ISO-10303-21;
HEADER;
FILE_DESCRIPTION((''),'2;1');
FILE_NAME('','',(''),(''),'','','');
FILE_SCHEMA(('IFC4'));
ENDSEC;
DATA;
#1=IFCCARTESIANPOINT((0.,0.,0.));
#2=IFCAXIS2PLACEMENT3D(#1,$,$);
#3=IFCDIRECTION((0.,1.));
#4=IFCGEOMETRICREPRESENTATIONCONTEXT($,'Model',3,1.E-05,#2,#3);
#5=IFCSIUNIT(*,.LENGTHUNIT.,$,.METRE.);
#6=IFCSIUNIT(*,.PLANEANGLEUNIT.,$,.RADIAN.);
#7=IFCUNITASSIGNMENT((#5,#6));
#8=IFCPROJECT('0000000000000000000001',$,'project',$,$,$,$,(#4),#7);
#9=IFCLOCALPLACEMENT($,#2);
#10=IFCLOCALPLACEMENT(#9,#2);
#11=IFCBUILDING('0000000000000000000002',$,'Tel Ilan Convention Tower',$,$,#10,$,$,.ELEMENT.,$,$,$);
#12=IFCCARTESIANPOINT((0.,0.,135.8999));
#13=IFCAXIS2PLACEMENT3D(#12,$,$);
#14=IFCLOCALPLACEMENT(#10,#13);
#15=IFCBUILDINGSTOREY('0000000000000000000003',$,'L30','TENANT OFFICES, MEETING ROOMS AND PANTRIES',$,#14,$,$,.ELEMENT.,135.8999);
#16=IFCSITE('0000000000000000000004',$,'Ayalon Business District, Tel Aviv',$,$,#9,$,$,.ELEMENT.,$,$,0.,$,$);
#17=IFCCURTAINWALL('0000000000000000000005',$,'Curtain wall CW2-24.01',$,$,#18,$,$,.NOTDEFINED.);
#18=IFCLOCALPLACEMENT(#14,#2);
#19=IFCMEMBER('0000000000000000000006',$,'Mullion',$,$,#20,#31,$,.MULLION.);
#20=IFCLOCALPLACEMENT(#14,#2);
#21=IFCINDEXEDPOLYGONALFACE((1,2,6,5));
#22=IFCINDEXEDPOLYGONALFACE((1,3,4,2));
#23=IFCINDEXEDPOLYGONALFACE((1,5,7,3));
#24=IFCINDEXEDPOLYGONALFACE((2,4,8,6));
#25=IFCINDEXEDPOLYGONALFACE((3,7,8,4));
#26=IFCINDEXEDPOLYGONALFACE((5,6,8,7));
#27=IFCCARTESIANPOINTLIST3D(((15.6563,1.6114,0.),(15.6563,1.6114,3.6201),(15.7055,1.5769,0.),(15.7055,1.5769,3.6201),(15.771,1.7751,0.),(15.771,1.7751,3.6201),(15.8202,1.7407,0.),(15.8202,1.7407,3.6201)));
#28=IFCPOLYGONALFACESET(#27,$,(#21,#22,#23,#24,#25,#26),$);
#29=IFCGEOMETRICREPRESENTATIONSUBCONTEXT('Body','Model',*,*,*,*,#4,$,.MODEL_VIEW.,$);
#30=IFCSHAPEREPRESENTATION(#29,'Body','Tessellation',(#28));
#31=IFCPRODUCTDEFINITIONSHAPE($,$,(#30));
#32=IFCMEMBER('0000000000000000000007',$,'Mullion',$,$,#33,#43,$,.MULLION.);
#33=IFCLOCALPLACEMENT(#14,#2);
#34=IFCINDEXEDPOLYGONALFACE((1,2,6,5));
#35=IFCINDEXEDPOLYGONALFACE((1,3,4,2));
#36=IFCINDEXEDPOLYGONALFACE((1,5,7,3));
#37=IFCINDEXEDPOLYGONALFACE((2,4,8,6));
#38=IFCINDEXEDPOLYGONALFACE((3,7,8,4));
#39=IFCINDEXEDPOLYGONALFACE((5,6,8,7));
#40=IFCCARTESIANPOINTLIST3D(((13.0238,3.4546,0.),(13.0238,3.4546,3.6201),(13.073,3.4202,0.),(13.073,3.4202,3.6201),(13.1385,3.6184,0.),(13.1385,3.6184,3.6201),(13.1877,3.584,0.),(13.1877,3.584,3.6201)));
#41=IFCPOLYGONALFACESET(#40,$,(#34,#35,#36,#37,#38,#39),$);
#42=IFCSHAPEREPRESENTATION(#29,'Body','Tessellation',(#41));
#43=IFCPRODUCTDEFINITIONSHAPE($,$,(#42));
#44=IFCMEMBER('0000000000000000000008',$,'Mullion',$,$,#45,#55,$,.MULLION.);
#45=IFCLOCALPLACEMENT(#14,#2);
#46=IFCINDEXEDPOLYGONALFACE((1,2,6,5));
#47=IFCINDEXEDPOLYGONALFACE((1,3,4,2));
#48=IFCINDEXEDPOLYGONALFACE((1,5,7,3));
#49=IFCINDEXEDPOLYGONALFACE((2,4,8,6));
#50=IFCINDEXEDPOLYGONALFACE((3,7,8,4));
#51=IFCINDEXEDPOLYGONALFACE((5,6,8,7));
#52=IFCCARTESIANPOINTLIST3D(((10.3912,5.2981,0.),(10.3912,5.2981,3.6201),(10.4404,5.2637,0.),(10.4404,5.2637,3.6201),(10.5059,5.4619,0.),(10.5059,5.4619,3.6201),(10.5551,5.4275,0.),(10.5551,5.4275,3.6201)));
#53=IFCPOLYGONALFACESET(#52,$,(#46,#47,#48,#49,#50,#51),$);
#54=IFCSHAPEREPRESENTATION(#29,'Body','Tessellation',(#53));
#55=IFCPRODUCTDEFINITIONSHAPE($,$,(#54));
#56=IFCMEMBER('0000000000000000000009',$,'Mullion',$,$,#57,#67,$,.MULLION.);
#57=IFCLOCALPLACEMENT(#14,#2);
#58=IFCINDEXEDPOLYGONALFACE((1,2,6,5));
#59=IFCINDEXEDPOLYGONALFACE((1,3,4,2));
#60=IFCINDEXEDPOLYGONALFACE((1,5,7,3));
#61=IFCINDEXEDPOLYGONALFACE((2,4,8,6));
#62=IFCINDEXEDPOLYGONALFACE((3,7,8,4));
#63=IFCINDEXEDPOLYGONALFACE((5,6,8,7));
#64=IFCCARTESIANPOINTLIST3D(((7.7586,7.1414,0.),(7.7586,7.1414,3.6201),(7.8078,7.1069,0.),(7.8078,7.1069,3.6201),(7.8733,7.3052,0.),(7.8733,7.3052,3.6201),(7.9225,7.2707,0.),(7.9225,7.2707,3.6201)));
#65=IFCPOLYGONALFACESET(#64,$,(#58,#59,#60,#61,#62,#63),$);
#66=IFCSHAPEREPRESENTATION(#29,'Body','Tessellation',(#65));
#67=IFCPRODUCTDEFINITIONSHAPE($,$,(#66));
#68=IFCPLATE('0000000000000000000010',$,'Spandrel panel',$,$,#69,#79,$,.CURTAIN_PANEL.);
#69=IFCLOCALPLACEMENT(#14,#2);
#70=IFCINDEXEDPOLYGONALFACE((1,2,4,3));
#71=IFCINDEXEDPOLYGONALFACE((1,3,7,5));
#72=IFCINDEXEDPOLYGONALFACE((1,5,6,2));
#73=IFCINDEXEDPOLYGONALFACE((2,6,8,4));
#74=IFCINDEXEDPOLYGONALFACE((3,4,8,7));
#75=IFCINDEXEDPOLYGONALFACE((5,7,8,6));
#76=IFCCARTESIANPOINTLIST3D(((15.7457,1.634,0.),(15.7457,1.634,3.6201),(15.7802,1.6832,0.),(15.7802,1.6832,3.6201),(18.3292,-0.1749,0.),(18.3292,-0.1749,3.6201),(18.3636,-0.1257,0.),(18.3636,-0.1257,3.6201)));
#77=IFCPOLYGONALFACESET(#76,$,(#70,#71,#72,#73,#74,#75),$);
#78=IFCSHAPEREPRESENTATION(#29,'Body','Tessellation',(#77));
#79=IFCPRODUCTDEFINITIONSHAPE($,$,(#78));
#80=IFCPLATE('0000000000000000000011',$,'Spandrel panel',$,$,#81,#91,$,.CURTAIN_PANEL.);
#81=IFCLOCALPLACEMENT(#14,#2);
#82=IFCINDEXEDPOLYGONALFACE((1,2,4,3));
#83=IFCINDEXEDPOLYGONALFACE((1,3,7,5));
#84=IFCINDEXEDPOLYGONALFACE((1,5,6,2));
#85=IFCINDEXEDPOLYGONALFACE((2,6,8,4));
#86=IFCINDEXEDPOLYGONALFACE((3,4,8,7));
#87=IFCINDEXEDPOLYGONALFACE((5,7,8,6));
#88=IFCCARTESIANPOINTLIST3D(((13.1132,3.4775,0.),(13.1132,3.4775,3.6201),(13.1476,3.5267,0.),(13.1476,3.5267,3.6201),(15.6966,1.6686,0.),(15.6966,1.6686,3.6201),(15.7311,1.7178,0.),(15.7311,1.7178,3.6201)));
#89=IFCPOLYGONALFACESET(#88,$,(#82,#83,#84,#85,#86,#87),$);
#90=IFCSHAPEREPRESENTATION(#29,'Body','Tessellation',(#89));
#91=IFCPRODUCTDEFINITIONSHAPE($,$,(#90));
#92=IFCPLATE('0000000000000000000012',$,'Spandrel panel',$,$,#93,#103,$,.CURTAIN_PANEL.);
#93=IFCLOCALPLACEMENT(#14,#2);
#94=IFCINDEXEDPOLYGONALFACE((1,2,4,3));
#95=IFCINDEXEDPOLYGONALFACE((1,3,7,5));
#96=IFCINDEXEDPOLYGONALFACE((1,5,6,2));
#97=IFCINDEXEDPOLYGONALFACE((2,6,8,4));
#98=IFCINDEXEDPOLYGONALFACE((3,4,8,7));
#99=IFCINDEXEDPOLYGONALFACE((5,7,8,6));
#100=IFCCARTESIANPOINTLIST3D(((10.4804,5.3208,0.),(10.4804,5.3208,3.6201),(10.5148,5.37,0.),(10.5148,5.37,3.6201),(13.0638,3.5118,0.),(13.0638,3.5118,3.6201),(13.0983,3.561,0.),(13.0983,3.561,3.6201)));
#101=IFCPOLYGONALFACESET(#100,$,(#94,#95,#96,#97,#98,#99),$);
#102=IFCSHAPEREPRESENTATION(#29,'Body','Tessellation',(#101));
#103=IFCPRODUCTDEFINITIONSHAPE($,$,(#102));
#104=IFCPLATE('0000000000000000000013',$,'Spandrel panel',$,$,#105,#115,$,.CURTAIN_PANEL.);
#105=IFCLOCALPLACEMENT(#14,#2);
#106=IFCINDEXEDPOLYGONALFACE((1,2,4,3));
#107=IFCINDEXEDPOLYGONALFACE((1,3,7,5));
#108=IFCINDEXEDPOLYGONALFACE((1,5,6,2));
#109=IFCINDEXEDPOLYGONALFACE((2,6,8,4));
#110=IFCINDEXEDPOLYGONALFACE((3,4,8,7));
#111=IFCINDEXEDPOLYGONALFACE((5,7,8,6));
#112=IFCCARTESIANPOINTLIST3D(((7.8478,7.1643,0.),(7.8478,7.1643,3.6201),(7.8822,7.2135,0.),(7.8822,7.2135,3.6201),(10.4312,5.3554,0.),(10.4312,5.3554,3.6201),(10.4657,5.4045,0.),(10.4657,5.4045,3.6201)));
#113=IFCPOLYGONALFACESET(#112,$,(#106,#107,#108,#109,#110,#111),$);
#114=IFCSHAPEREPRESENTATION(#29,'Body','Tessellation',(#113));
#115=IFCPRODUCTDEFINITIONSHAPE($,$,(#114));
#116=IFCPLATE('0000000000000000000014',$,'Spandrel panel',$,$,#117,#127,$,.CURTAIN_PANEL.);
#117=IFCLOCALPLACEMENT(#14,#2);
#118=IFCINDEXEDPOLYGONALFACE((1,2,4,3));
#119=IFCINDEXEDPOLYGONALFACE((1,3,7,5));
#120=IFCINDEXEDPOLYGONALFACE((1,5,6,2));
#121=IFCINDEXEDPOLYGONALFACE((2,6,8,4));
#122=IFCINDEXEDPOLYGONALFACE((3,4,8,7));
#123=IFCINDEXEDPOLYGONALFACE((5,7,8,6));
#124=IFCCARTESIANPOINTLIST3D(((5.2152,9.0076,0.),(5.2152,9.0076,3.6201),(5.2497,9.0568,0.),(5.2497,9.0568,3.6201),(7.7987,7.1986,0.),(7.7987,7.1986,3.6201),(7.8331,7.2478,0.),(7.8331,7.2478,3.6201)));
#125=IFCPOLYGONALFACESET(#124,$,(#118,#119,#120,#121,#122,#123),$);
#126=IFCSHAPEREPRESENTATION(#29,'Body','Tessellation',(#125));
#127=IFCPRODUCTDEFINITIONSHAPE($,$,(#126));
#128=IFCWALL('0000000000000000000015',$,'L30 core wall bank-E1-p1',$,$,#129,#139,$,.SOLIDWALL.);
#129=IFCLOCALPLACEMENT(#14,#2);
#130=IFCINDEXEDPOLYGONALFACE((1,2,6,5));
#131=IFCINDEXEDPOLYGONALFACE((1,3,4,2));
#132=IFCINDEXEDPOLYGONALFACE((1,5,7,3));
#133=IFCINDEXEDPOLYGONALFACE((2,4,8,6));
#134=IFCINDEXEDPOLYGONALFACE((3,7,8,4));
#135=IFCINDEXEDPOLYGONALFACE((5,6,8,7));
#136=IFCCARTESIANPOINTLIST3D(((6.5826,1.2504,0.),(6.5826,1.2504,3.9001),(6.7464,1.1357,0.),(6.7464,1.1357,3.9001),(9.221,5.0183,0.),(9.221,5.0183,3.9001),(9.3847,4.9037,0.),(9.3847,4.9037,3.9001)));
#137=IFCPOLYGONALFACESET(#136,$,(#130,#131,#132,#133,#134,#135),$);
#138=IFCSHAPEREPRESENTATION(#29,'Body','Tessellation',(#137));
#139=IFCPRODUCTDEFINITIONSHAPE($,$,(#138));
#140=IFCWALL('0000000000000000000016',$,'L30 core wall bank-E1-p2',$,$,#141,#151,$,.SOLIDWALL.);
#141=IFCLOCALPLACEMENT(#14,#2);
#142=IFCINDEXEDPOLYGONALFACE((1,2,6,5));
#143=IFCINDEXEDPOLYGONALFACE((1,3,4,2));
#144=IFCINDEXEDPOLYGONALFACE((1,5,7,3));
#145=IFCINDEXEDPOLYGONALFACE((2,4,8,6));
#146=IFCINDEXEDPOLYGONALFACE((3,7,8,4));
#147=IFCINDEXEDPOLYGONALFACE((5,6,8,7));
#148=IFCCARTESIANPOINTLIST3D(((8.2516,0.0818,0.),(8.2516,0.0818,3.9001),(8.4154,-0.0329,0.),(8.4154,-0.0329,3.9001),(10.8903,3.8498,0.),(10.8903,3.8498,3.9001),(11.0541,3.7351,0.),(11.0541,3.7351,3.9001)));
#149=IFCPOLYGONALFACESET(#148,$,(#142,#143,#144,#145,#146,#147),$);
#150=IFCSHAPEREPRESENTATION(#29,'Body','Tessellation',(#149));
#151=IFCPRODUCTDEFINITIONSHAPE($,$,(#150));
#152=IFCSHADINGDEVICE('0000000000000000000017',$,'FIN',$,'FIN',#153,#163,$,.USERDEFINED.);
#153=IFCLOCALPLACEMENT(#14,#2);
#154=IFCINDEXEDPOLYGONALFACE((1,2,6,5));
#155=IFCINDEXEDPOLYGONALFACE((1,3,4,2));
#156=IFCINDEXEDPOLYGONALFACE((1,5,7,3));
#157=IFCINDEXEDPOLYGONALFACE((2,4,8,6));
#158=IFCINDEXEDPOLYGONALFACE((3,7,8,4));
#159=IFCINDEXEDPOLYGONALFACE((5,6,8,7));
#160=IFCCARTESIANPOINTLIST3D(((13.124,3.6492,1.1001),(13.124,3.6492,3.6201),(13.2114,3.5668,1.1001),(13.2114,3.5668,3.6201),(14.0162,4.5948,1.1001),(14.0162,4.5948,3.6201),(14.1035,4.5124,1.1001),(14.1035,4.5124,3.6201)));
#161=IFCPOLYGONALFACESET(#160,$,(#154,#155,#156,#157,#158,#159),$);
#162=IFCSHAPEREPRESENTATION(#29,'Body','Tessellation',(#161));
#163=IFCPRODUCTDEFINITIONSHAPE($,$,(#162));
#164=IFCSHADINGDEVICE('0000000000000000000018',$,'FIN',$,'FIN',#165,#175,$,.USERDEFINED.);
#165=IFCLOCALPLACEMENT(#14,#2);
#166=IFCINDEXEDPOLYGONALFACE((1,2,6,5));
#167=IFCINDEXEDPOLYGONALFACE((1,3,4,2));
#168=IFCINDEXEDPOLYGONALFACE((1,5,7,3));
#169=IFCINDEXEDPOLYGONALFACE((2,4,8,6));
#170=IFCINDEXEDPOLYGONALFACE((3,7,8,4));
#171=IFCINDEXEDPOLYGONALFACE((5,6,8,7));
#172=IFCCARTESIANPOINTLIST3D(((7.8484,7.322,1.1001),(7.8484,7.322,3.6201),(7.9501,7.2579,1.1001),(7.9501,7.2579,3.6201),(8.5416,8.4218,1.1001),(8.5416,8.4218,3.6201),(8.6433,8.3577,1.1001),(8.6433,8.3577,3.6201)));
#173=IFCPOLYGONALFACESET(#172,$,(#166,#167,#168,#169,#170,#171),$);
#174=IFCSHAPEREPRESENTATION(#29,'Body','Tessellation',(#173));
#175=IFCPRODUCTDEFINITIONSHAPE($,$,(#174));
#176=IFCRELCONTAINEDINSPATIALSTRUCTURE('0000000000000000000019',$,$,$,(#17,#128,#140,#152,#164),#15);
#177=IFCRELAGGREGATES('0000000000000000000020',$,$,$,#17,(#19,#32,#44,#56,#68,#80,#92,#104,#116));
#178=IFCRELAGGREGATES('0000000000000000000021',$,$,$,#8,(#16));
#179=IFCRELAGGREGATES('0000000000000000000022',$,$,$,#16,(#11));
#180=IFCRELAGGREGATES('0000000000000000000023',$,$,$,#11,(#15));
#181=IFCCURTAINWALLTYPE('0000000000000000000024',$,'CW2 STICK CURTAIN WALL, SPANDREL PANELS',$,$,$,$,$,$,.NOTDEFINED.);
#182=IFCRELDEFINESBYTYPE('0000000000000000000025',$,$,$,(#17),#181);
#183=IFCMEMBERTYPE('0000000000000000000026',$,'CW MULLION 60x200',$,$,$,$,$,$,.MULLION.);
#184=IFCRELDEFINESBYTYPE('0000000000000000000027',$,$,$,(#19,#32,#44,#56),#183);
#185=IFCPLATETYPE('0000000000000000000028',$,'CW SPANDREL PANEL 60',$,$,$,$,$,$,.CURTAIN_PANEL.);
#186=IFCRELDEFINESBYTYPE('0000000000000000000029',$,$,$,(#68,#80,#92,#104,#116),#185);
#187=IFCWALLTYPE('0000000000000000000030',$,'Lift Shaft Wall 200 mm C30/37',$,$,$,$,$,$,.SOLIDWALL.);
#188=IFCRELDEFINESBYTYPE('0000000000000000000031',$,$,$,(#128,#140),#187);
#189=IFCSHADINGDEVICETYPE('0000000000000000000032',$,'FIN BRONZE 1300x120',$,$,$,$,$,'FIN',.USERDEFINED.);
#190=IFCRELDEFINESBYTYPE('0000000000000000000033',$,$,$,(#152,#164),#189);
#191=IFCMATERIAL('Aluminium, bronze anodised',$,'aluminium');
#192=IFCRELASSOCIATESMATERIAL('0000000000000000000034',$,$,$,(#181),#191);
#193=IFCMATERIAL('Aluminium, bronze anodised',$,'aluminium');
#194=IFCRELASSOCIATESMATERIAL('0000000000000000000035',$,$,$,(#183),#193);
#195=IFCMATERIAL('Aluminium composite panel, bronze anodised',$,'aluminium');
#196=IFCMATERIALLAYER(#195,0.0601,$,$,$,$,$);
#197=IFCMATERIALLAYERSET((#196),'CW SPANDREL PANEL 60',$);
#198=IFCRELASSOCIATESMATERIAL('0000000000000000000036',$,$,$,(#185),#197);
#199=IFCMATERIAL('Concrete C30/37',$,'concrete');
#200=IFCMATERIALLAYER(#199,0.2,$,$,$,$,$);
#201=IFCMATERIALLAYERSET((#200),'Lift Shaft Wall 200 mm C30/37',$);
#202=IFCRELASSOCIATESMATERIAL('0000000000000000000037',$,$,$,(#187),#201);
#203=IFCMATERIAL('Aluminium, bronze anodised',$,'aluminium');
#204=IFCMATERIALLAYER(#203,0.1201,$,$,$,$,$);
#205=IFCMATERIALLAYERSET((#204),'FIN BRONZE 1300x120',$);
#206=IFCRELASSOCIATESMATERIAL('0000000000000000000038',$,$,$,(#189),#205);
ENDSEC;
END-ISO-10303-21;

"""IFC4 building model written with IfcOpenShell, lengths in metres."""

from ifc_helpers import new_model, si_unit, direction, frame, frame_2d, origin, origin_2d, place, context, subcontext, project, spatial, rectangle, extrude, material, layer, layer_set, material_profile, profile_set, type_object, element, aggregate, save


model = new_model("IFC4")

# Units and contexts
model_context = context("Model", 3, precision=1e-05, world=origin(), true_north=direction((0.0, 1.0)))
body_context = subcontext(model_context, "Body", "Model", "MODEL_VIEW")
ifc_project = project(units=[si_unit("LENGTHUNIT", "METRE"), si_unit("PLANEANGLEUNIT", "RADIAN")], contexts=[model_context])

# Site, building, storey
site_placement = place(None, origin())
site = spatial("IfcSite", under=ifc_project, at=site_placement, Name="Ayalon Business District, Tel Aviv", CompositionType="ELEMENT", RefElevation=0.0)
building_placement = place(site_placement, origin())
building = spatial("IfcBuilding", under=site, at=building_placement, Name="Tel Ilan Convention Tower", CompositionType="ELEMENT")
storey_placement = place(building_placement, frame((0.0, 0.0, 135.8999)))
storey = spatial("IfcBuildingStorey", under=building, at=storey_placement, Name="L30", Description="TENANT OFFICES, MEETING ROOMS AND PANTRIES", CompositionType="ELEMENT", Elevation=135.8999)

# Curtain wall, members, plates
ifc_material_1 = material(Name="Aluminium, bronze anodised", Category="aluminium")
curtain_wall_type = type_object("IfcCurtainWallType", Name="CW2 STICK CURTAIN WALL, SPANDREL PANELS", PredefinedType="NOTDEFINED", material=ifc_material_1)
curtain_wall_placement = place(storey_placement, origin())
curtain_wall = element("IfcCurtainWall", 1, at=curtain_wall_placement, inside=storey, type_object=curtain_wall_type, Name="Curtain wall CW2-24.01", PredefinedType="NOTDEFINED")
ifc_material_2 = material(Name="Aluminium, bronze anodised", Category="aluminium")
ifc_material_profile = material_profile(ifc_material_2, rectangle(XDim=0.0601, YDim=0.2, at=origin_2d()), Name="CW MULLION 60x200")
ifc_profile_set = profile_set([ifc_material_profile], Name="Aluminium, bronze anodised")
member_type = type_object("IfcMemberType", Name="CW MULLION 60x200", PredefinedType="MULLION", material=ifc_profile_set)
member_1_placement = place(storey_placement, frame((15.7383, 1.676, 0.0), z_axis=(0.0, 0.0, 1.0), x_axis=(-0.819152, 0.573576, 0.0)))
member_1 = element("IfcMember", 2, at=member_1_placement, type_object=member_type, Name="Mullion", PredefinedType="MULLION", context=body_context, shape_type="SweptSolid", body=[
    extrude(rectangle(XDim=0.0601, YDim=0.2, at=origin_2d()), origin(), (0.0, 0.0, 1.0), 3.6201),
])
member_2_placement = place(storey_placement, frame((13.1057, 3.5193, 0.0), z_axis=(0.0, 0.0, 1.0), x_axis=(-0.819152, 0.573576, 0.0)))
member_2 = element("IfcMember", 3, at=member_2_placement, type_object=member_type, Name="Mullion", PredefinedType="MULLION", context=body_context, shape_type="SweptSolid", body=[
    extrude(rectangle(XDim=0.0601, YDim=0.2, at=origin_2d()), origin(), (0.0, 0.0, 1.0), 3.6201),
])
member_3_placement = place(storey_placement, frame((10.4731, 5.3628, 0.0), z_axis=(0.0, 0.0, 1.0), x_axis=(-0.819152, 0.573576, 0.0)))
member_3 = element("IfcMember", 4, at=member_3_placement, type_object=member_type, Name="Mullion", PredefinedType="MULLION", context=body_context, shape_type="SweptSolid", body=[
    extrude(rectangle(XDim=0.0601, YDim=0.2, at=origin_2d()), origin(), (0.0, 0.0, 1.0), 3.6201),
])
member_4_placement = place(storey_placement, frame((7.8406, 7.2061, 0.0), z_axis=(0.0, 0.0, 1.0), x_axis=(-0.819152, 0.573576, 0.0)))
member_4 = element("IfcMember", 5, at=member_4_placement, type_object=member_type, Name="Mullion", PredefinedType="MULLION", context=body_context, shape_type="SweptSolid", body=[
    extrude(rectangle(XDim=0.0601, YDim=0.2, at=origin_2d()), origin(), (0.0, 0.0, 1.0), 3.6201),
])
ifc_material_3 = material(Name="Aluminium composite panel, bronze anodised", Category="aluminium")
ifc_layer_1 = layer(ifc_material_3, 0.0601)
ifc_layer_set_1 = layer_set([ifc_layer_1], Name="CW SPANDREL PANEL 60")
plate_type = type_object("IfcPlateType", Name="CW SPANDREL PANEL 60", PredefinedType="CURTAIN_PANEL", material=ifc_layer_set_1)
plate_1_placement = place(storey_placement, frame((17.0547, 0.7542, 0.0), z_axis=(0.0, 0.0, 1.0), x_axis=(-0.819152, 0.573576, 0.0)))
plate_1 = element("IfcPlate", 6, at=plate_1_placement, type_object=plate_type, Name="Spandrel panel", PredefinedType="CURTAIN_PANEL", context=body_context, shape_type="SweptSolid", body=[
    extrude(rectangle(XDim=3.1538, YDim=0.0601, at=origin_2d()), origin(), (0.0, 0.0, 1.0), 3.6201),
])
plate_2_placement = place(storey_placement, frame((14.4221, 2.5977, 0.0), z_axis=(0.0, 0.0, 1.0), x_axis=(-0.819152, 0.573576, 0.0)))
plate_2 = element("IfcPlate", 7, at=plate_2_placement, type_object=plate_type, Name="Spandrel panel", PredefinedType="CURTAIN_PANEL", context=body_context, shape_type="SweptSolid", body=[
    extrude(rectangle(XDim=3.1538, YDim=0.0601, at=origin_2d()), origin(), (0.0, 0.0, 1.0), 3.6201),
])
plate_3_placement = place(storey_placement, frame((11.7893, 4.4409, 0.0), z_axis=(0.0, 0.0, 1.0), x_axis=(-0.819152, 0.573576, 0.0)))
plate_3 = element("IfcPlate", 8, at=plate_3_placement, type_object=plate_type, Name="Spandrel panel", PredefinedType="CURTAIN_PANEL", context=body_context, shape_type="SweptSolid", body=[
    extrude(rectangle(XDim=3.1538, YDim=0.0601, at=origin_2d()), origin(), (0.0, 0.0, 1.0), 3.6201),
])
plate_4_placement = place(storey_placement, frame((9.1567, 6.2844, 0.0), z_axis=(0.0, 0.0, 1.0), x_axis=(-0.819152, 0.573576, 0.0)))
plate_4 = element("IfcPlate", 9, at=plate_4_placement, type_object=plate_type, Name="Spandrel panel", PredefinedType="CURTAIN_PANEL", context=body_context, shape_type="SweptSolid", body=[
    extrude(rectangle(XDim=3.1538, YDim=0.0601, at=origin_2d()), origin(), (0.0, 0.0, 1.0), 3.6201),
])
plate_5_placement = place(storey_placement, frame((6.5242, 8.1277, 0.0), z_axis=(0.0, 0.0, 1.0), x_axis=(-0.819152, 0.573576, 0.0)))
plate_5 = element("IfcPlate", 10, at=plate_5_placement, type_object=plate_type, Name="Spandrel panel", PredefinedType="CURTAIN_PANEL", context=body_context, shape_type="SweptSolid", body=[
    extrude(rectangle(XDim=3.1538, YDim=0.0601, at=origin_2d()), origin(), (0.0, 0.0, 1.0), 3.6201),
])
aggregate(curtain_wall, [member_1, member_2, member_3, member_4, plate_1, plate_2, plate_3, plate_4, plate_5])

# Walls
ifc_material_4 = material(Name="Concrete C30/37", Category="concrete")
ifc_layer_2 = layer(ifc_material_4, 0.2)
ifc_layer_set_2 = layer_set([ifc_layer_2], Name="Lift Shaft Wall 200 mm C30/37")
wall_type = type_object("IfcWallType", Name="Lift Shaft Wall 200 mm C30/37", PredefinedType="SOLIDWALL", material=ifc_layer_set_2)
wall_1_placement = place(storey_placement, frame((6.6646, 1.1931, 0.0), z_axis=(0.0, 0.0, 1.0), x_axis=(0.573576, 0.819152, 0.0)))
element("IfcWall", 11, at=wall_1_placement, inside=storey, type_object=wall_type, Name="L30 core wall bank-E1-p1", PredefinedType="SOLIDWALL", context=body_context, shape_type="SweptSolid", body=[
    extrude(rectangle(XDim=4.5999, YDim=0.2, at=frame_2d((2.2998, 0.0))), origin(), (0.0, 0.0, 1.0), 3.9001),
])
wall_2_placement = place(storey_placement, frame((8.3335, 0.0244, 0.0), z_axis=(0.0, 0.0, 1.0), x_axis=(0.573612, 0.819127, 0.0)))
element("IfcWall", 12, at=wall_2_placement, inside=storey, type_object=wall_type, Name="L30 core wall bank-E1-p2", PredefinedType="SOLIDWALL", context=body_context, shape_type="SweptSolid", body=[
    extrude(rectangle(XDim=4.6001, YDim=0.2, at=frame_2d((2.3, 0.0))), origin(), (0.0, 0.0, 1.0), 3.9001),
])

# Shading devices
ifc_material_5 = material(Name="Aluminium, bronze anodised", Category="aluminium")
ifc_layer_3 = layer(ifc_material_5, 0.1201)
ifc_layer_set_3 = layer_set([ifc_layer_3], Name="FIN BRONZE 1300x120")
shading_device_type = type_object("IfcShadingDeviceType", Name="FIN BRONZE 1300x120", ElementType="FIN", PredefinedType="USERDEFINED", material=ifc_layer_set_3)
for number, where, z_axis, x_axis, name in (
    (13, (13.6138, 4.0808, 1.1001), (0.0, 0.0, 1.0), (0.686242, 0.727374, 0.0), "FIN"),
    (14, (8.2458, 7.8398, 1.1001), (0.0, 0.0, 1.0), (0.533204, 0.845986, 0.0), "FIN"),
):
    element("IfcShadingDevice", number, at=place(storey_placement, frame(where, z_axis=z_axis, x_axis=x_axis)), inside=storey, type_object=shading_device_type, Name=name, ObjectType="FIN", PredefinedType="USERDEFINED", context=body_context, shape_type="SweptSolid", body=[
        extrude(rectangle(XDim=1.3, YDim=0.1201, at=origin_2d()), origin(), (0.0, 0.0, 1.0), 2.52),
    ])

save(model, "model.ifc")
